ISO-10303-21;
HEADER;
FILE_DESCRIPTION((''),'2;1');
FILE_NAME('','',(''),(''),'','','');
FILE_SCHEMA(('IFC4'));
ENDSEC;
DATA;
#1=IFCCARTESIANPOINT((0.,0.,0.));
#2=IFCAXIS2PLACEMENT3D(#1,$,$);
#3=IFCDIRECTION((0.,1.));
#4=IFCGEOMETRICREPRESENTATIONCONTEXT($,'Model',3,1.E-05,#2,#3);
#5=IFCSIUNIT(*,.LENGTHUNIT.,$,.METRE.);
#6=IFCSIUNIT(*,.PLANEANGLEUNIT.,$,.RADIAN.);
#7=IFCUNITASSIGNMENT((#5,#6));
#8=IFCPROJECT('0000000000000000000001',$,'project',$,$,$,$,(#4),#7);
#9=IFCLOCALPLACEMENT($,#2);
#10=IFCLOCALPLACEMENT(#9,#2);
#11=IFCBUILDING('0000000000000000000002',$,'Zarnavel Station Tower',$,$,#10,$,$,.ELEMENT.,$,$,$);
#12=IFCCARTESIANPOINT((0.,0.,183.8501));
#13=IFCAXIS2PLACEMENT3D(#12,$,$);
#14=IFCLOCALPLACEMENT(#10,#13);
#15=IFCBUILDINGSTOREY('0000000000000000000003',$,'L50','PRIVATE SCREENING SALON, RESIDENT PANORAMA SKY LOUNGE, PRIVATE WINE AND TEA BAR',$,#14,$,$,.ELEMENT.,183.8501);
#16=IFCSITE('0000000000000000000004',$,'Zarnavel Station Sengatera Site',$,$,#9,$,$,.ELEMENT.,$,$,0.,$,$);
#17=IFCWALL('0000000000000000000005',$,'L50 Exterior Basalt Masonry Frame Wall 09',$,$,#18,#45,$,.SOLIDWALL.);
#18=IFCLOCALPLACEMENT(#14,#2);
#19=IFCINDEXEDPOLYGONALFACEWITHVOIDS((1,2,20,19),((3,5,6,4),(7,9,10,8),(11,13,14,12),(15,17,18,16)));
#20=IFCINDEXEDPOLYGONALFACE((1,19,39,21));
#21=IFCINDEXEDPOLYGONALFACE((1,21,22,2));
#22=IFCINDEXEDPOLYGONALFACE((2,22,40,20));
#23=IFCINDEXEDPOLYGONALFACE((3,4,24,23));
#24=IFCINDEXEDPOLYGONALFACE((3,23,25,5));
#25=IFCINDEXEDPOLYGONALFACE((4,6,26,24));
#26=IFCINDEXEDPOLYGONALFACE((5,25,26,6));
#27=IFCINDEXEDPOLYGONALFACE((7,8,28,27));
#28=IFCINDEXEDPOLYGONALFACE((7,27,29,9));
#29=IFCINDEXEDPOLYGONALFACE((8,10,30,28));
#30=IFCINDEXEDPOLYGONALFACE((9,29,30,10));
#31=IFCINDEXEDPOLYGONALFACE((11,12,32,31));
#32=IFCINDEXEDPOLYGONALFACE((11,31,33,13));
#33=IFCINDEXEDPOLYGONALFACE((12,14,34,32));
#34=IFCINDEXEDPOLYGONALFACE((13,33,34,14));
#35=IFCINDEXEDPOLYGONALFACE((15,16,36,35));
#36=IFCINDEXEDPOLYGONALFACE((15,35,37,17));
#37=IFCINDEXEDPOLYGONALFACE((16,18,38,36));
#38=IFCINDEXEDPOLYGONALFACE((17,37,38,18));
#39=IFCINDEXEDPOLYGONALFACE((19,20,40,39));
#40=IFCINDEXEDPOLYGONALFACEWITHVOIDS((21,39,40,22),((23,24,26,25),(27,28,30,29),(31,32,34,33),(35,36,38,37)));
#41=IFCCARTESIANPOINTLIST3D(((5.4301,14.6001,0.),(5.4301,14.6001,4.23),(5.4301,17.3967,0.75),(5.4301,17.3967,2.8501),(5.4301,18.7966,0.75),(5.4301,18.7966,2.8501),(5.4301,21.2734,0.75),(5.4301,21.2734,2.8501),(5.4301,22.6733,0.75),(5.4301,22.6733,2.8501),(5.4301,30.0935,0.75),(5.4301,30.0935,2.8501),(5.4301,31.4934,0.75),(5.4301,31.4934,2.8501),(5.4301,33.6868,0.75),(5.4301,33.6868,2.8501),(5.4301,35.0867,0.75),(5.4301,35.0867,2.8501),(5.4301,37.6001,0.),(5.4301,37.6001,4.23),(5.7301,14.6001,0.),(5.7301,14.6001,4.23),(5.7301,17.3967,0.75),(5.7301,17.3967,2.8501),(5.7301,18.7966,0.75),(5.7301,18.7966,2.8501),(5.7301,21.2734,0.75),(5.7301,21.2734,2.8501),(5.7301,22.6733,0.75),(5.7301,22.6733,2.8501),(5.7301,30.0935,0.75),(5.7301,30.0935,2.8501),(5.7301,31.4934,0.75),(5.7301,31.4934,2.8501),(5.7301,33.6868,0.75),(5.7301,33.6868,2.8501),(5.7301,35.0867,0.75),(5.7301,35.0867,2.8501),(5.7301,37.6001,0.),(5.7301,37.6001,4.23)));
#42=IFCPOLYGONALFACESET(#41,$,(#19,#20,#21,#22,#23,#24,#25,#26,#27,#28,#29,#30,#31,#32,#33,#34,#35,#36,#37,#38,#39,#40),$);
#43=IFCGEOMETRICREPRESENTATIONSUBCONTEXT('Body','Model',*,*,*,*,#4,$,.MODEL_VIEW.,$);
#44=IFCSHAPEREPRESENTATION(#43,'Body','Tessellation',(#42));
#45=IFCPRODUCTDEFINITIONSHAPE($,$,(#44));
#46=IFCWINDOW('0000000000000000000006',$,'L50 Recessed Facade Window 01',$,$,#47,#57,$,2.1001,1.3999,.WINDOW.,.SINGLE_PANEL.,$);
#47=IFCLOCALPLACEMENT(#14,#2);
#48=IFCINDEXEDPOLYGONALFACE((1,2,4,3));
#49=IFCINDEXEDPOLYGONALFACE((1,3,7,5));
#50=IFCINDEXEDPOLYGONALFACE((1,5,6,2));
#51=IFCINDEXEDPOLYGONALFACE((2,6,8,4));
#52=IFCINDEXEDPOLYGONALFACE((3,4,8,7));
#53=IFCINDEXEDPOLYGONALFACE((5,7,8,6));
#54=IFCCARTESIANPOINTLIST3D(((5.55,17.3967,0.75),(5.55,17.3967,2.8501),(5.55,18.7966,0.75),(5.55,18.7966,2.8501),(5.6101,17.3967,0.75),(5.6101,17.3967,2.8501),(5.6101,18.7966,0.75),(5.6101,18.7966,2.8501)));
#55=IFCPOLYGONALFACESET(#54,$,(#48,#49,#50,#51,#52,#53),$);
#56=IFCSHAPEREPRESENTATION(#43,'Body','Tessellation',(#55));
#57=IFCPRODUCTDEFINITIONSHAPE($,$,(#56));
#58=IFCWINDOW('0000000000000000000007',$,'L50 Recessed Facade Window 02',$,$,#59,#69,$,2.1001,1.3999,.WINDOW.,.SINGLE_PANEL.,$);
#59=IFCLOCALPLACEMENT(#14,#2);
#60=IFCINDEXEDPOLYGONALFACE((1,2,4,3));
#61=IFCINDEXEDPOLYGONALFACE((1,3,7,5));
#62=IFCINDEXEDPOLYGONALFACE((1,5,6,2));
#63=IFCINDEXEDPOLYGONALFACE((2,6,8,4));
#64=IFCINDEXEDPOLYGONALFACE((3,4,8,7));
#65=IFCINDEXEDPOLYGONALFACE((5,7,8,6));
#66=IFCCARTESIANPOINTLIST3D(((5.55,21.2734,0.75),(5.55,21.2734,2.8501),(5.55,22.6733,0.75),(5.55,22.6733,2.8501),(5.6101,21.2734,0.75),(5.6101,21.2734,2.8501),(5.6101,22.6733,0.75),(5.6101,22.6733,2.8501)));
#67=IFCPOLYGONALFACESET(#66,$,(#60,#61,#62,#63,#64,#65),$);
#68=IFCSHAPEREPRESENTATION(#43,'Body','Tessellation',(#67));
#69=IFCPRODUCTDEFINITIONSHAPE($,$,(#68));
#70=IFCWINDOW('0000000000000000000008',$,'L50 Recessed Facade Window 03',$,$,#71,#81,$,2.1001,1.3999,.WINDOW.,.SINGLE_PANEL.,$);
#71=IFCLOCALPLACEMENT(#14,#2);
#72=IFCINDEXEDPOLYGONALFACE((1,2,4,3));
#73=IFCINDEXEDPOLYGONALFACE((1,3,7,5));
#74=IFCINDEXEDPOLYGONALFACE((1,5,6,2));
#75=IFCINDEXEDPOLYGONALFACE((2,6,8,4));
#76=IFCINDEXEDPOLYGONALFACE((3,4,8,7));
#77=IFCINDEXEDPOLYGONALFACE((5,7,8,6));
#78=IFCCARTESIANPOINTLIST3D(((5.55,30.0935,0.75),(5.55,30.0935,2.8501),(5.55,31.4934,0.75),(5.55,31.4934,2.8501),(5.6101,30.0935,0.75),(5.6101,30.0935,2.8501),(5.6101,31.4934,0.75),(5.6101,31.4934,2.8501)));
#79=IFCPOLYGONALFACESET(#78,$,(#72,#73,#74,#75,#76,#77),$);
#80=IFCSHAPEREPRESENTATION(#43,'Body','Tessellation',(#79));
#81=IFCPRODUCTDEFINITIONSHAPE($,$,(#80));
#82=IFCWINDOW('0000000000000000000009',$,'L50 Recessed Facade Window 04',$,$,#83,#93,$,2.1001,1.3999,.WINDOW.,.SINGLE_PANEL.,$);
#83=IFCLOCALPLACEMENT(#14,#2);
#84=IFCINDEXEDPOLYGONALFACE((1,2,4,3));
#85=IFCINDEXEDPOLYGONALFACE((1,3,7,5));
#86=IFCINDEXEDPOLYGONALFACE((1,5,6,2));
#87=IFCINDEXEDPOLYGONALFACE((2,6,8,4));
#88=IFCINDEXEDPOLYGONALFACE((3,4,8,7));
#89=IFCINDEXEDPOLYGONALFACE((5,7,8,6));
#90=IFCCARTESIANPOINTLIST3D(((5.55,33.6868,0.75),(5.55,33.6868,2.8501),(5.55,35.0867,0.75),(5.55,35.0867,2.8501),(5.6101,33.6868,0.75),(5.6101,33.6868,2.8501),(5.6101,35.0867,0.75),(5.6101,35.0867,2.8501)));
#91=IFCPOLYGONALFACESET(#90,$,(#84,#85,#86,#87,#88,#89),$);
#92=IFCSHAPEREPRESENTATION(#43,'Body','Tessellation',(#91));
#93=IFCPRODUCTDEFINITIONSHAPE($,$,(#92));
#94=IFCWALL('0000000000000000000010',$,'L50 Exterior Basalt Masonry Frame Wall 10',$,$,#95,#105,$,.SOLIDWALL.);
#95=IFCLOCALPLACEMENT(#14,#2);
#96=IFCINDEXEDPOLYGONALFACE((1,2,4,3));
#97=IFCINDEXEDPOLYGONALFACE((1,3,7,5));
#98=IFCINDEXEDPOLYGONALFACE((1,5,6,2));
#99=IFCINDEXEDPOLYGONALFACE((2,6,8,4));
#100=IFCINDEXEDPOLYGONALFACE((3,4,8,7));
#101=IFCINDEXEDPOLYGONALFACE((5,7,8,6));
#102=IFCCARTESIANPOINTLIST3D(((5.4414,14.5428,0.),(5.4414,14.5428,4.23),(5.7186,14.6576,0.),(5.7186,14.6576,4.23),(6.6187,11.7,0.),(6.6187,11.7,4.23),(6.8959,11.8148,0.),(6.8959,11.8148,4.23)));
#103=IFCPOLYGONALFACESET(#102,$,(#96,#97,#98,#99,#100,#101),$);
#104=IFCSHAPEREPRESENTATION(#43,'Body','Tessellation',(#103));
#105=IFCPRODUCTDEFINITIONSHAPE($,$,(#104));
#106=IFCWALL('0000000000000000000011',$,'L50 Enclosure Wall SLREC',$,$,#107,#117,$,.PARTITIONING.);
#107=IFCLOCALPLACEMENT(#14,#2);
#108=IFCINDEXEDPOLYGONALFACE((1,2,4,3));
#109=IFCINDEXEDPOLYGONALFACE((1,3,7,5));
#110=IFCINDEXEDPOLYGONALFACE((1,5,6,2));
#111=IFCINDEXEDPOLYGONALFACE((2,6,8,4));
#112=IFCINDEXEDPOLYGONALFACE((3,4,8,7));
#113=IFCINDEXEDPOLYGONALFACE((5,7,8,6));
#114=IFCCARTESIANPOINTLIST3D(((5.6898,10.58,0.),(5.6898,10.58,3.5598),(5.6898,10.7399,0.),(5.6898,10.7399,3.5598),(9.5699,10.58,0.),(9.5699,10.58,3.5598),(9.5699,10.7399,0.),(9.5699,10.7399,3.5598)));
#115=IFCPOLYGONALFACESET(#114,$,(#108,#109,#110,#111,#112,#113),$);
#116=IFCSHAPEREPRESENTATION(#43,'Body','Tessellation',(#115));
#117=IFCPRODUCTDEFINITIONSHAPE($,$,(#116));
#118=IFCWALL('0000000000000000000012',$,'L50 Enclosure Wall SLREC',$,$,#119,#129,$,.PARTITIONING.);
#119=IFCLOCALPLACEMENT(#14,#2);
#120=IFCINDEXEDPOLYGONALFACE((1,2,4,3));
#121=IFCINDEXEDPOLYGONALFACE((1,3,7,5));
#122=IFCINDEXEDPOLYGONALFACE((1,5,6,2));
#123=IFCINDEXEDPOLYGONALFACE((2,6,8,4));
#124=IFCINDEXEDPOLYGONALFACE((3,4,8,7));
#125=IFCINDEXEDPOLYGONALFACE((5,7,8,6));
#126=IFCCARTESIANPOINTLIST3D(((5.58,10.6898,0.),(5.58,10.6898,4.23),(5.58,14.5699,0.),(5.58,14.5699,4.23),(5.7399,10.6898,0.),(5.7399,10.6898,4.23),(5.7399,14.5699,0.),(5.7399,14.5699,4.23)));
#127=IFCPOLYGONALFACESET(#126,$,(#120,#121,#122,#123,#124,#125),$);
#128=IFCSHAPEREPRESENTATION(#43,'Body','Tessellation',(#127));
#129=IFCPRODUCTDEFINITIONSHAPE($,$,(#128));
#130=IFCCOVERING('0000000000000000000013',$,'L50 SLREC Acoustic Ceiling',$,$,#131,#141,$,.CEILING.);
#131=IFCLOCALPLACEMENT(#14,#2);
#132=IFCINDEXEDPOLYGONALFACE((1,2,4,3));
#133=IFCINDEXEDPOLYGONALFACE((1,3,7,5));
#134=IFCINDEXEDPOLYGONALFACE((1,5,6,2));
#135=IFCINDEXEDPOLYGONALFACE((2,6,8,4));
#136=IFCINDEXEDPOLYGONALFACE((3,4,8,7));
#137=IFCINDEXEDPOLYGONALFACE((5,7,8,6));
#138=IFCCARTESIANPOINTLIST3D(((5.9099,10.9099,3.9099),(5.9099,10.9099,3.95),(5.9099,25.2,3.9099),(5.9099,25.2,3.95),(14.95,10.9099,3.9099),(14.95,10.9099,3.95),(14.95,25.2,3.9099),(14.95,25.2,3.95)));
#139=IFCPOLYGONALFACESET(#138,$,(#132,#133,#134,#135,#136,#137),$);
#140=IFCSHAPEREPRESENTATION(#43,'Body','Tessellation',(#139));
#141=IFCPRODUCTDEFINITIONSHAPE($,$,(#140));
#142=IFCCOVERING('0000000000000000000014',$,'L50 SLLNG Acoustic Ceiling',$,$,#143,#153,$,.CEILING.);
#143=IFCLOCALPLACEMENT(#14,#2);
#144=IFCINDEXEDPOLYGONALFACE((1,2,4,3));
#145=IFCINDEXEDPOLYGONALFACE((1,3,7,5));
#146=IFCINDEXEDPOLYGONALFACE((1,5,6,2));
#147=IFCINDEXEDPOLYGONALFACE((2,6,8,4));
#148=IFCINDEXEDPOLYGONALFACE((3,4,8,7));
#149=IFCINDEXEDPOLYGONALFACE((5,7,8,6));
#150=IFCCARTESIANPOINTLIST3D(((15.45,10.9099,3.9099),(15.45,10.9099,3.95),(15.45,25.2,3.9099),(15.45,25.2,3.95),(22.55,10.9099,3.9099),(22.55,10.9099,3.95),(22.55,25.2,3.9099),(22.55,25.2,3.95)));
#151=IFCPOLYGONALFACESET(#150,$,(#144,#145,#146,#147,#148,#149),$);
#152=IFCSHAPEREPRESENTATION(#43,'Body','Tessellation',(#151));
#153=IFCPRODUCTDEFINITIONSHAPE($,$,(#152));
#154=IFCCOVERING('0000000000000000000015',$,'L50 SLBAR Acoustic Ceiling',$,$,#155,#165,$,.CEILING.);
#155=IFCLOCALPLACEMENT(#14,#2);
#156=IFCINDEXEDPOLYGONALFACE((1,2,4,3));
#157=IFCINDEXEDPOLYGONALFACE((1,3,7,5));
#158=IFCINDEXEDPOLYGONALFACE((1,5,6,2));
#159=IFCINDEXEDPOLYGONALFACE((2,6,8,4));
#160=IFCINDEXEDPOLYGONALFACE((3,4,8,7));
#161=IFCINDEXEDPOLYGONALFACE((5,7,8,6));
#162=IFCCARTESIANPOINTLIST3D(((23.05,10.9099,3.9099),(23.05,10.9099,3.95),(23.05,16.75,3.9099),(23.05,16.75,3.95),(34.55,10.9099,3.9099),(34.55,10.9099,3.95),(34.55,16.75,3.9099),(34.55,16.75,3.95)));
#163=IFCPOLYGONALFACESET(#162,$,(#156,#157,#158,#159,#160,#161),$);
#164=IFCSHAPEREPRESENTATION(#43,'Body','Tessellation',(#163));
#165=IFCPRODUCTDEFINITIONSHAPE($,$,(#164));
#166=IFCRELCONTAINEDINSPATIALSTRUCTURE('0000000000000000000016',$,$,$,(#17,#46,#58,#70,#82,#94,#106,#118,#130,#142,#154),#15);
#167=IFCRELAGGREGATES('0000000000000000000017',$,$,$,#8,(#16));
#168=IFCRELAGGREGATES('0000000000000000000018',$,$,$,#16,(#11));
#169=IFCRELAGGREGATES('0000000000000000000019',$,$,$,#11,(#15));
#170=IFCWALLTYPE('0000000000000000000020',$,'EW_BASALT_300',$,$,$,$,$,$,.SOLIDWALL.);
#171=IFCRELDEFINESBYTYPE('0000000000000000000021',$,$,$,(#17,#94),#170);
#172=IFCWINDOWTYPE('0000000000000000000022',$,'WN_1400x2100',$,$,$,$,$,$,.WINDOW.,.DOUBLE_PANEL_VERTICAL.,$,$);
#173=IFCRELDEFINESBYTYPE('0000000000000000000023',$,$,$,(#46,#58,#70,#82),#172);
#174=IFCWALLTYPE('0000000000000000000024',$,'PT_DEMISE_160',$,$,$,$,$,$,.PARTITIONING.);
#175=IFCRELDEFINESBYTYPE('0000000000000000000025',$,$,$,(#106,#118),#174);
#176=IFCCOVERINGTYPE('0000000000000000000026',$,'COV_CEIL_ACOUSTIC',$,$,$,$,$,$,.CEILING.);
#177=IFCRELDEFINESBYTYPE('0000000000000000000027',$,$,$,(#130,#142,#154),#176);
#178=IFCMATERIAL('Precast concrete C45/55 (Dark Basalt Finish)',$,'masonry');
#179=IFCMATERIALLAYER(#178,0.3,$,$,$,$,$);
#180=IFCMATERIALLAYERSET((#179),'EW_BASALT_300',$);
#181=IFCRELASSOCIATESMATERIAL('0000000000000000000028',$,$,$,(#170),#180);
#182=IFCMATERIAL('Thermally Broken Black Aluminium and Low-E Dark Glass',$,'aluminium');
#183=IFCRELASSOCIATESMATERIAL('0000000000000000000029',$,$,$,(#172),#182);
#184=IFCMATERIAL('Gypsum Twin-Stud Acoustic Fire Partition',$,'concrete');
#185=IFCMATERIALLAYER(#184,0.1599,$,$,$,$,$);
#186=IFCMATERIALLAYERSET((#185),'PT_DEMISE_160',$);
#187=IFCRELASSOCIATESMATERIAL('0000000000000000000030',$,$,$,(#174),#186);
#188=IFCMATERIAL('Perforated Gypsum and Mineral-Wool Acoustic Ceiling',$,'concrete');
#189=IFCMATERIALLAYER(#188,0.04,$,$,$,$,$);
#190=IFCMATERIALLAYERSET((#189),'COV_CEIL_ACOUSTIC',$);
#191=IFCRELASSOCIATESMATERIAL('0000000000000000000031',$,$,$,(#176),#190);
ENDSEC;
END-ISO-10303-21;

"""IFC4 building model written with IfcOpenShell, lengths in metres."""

from ifc_helpers import new_model, si_unit, direction, frame, frame_2d, origin, place, context, subcontext, project, spatial, polyline, rectangle, outline, extrude, material, layer, layer_set, type_object, element, fill, save


model = new_model("IFC4")

# Units and contexts
model_context = context("Model", 3, precision=1e-05, world=origin(), true_north=direction((0.0, 1.0)))
body_context = subcontext(model_context, "Body", "Model", "MODEL_VIEW")
ifc_project = project(units=[si_unit("LENGTHUNIT", "METRE"), si_unit("PLANEANGLEUNIT", "RADIAN")], contexts=[model_context])

# Site, building, storey
site_placement = place(None, origin())
site = spatial("IfcSite", under=ifc_project, at=site_placement, Name="Zarnavel Station Sengatera Site", CompositionType="ELEMENT", RefElevation=0.0)
building_placement = place(site_placement, origin())
building = spatial("IfcBuilding", under=site, at=building_placement, Name="Zarnavel Station Tower", CompositionType="ELEMENT")
storey_placement = place(building_placement, frame((0.0, 0.0, 183.8501)))
storey = spatial("IfcBuildingStorey", under=building, at=storey_placement, Name="L50", Description="PRIVATE SCREENING SALON, RESIDENT PANORAMA SKY LOUNGE, PRIVATE WINE AND TEA BAR", CompositionType="ELEMENT", Elevation=183.8501)

# Wall, openings, windows
ifc_material_1 = material(Name="Precast concrete C45/55 (Dark Basalt Finish)", Category="masonry")
ifc_layer_1 = layer(ifc_material_1, 0.3)
ifc_layer_set_1 = layer_set([ifc_layer_1], Name="EW_BASALT_300")
wall_type_1 = type_object("IfcWallType", Name="EW_BASALT_300", PredefinedType="SOLIDWALL", material=ifc_layer_set_1)
wall_1_placement = place(storey_placement, frame((5.5801, 14.6001, 0.0), z_axis=(0.0, 0.0, 1.0), x_axis=(0.0, 1.0, 0.0)))
wall_1 = element("IfcWall", 1, at=wall_1_placement, inside=storey, type_object=wall_type_1, Name="L50 Exterior Basalt Masonry Frame Wall 09", PredefinedType="SOLIDWALL", context=body_context, shape_type="SweptSolid", body=[
    extrude(rectangle(XDim=23.0, YDim=0.3, at=frame_2d((11.5, 0.0))), origin(), (0.0, 0.0, 1.0), 4.23),
])
opening_1_placement = place(wall_1_placement, frame((2.7966, 0.0, 0.75)))
opening_1 = element("IfcOpeningElement", 2, at=opening_1_placement, cuts=wall_1, PredefinedType="OPENING", context=body_context, shape_type="SweptSolid", body=[
    extrude(rectangle(XDim=1.3999, YDim=2.1001, at=frame_2d((0.7, 1.05))), frame((0.0, 0.1599, 0.0), z_axis=(0.0, -1.0, 0.0), x_axis=(1.0, 0.0, 0.0)), (0.0, 0.0, 1.0), 0.3201),
])
opening_2_placement = place(wall_1_placement, frame((6.6733, 0.0, 0.75)))
opening_2 = element("IfcOpeningElement", 3, at=opening_2_placement, cuts=wall_1, PredefinedType="OPENING", context=body_context, shape_type="SweptSolid", body=[
    extrude(rectangle(XDim=1.3999, YDim=2.1001, at=frame_2d((0.7, 1.05))), frame((0.0, 0.1599, 0.0), z_axis=(0.0, -1.0, 0.0), x_axis=(1.0, 0.0, 0.0)), (0.0, 0.0, 1.0), 0.3201),
])
opening_3_placement = place(wall_1_placement, frame((15.4934, 0.0, 0.75)))
opening_3 = element("IfcOpeningElement", 4, at=opening_3_placement, cuts=wall_1, PredefinedType="OPENING", context=body_context, shape_type="SweptSolid", body=[
    extrude(rectangle(XDim=1.3999, YDim=2.1001, at=frame_2d((0.7, 1.05))), frame((0.0, 0.1599, 0.0), z_axis=(0.0, -1.0, 0.0), x_axis=(1.0, 0.0, 0.0)), (0.0, 0.0, 1.0), 0.3201),
])
opening_4_placement = place(wall_1_placement, frame((19.0867, 0.0, 0.75)))
opening_4 = element("IfcOpeningElement", 5, at=opening_4_placement, cuts=wall_1, PredefinedType="OPENING", context=body_context, shape_type="SweptSolid", body=[
    extrude(rectangle(XDim=1.3999, YDim=2.1001, at=frame_2d((0.7, 1.05))), frame((0.0, 0.1599, 0.0), z_axis=(0.0, -1.0, 0.0), x_axis=(1.0, 0.0, 0.0)), (0.0, 0.0, 1.0), 0.3201),
])
ifc_material_2 = material(Name="Thermally Broken Black Aluminium and Low-E Dark Glass", Category="aluminium")
window_type = type_object("IfcWindowType", Name="WN_1400x2100", PartitioningType="DOUBLE_PANEL_VERTICAL", PredefinedType="WINDOW", material=ifc_material_2)
window_1_placement = place(opening_1_placement, origin())
window_1 = element("IfcWindow", 6, at=window_1_placement, inside=storey, type_object=window_type, Name="L50 Recessed Facade Window 01", OverallHeight=2.1001, OverallWidth=1.3999, PartitioningType="SINGLE_PANEL", PredefinedType="WINDOW", context=body_context, shape_type="SweptSolid", body=[
    extrude(rectangle(XDim=1.3999, YDim=2.1001, at=frame_2d((0.7, 1.05))), frame((0.0, 0.03, 0.0), z_axis=(0.0, -1.0, 0.0), x_axis=(1.0, 0.0, 0.0)), (0.0, 0.0, 1.0), 0.0601),
])
fill(opening_1, window_1)
window_2_placement = place(opening_2_placement, origin())
window_2 = element("IfcWindow", 7, at=window_2_placement, inside=storey, type_object=window_type, Name="L50 Recessed Facade Window 02", OverallHeight=2.1001, OverallWidth=1.3999, PartitioningType="SINGLE_PANEL", PredefinedType="WINDOW", context=body_context, shape_type="SweptSolid", body=[
    extrude(rectangle(XDim=1.3999, YDim=2.1001, at=frame_2d((0.7, 1.05))), frame((0.0, 0.03, 0.0), z_axis=(0.0, -1.0, 0.0), x_axis=(1.0, 0.0, 0.0)), (0.0, 0.0, 1.0), 0.0601),
])
fill(opening_2, window_2)
window_3_placement = place(opening_3_placement, origin())
window_3 = element("IfcWindow", 8, at=window_3_placement, inside=storey, type_object=window_type, Name="L50 Recessed Facade Window 03", OverallHeight=2.1001, OverallWidth=1.3999, PartitioningType="SINGLE_PANEL", PredefinedType="WINDOW", context=body_context, shape_type="SweptSolid", body=[
    extrude(rectangle(XDim=1.3999, YDim=2.1001, at=frame_2d((0.7, 1.05))), frame((0.0, 0.03, 0.0), z_axis=(0.0, -1.0, 0.0), x_axis=(1.0, 0.0, 0.0)), (0.0, 0.0, 1.0), 0.0601),
])
fill(opening_3, window_3)
window_4_placement = place(opening_4_placement, origin())
window_4 = element("IfcWindow", 9, at=window_4_placement, inside=storey, type_object=window_type, Name="L50 Recessed Facade Window 04", OverallHeight=2.1001, OverallWidth=1.3999, PartitioningType="SINGLE_PANEL", PredefinedType="WINDOW", context=body_context, shape_type="SweptSolid", body=[
    extrude(rectangle(XDim=1.3999, YDim=2.1001, at=frame_2d((0.7, 1.05))), frame((0.0, 0.03, 0.0), z_axis=(0.0, -1.0, 0.0), x_axis=(1.0, 0.0, 0.0)), (0.0, 0.0, 1.0), 0.0601),
])
fill(opening_4, window_4)

# Walls
wall_2_placement = place(storey_placement, frame((6.7573, 11.7573, 0.0), z_axis=(0.0, 0.0, 1.0), x_axis=(-0.382609, 0.92391, 0.0)))
element("IfcWall", 10, at=wall_2_placement, inside=storey, type_object=wall_type_1, Name="L50 Exterior Basalt Masonry Frame Wall 10", PredefinedType="SOLIDWALL", context=body_context, shape_type="SweptSolid", body=[
    extrude(rectangle(XDim=3.0769, YDim=0.3, at=frame_2d((1.5386, 0.0))), origin(), (0.0, 0.0, 1.0), 4.23),
])
ifc_material_3 = material(Name="Gypsum Twin-Stud Acoustic Fire Partition", Category="concrete")
ifc_layer_2 = layer(ifc_material_3, 0.1599)
ifc_layer_set_2 = layer_set([ifc_layer_2], Name="PT_DEMISE_160")
wall_type_2 = type_object("IfcWallType", Name="PT_DEMISE_160", PredefinedType="PARTITIONING", material=ifc_layer_set_2)
wall_3_placement = place(storey_placement, frame((5.6899, 10.6599, 0.0), z_axis=(0.0, 0.0, 1.0), x_axis=(1.0, 0.0, 0.0)))
element("IfcWall", 11, at=wall_3_placement, inside=storey, type_object=wall_type_2, Name="L50 Enclosure Wall SLREC", PredefinedType="PARTITIONING", context=body_context, shape_type="SweptSolid", body=[
    extrude(rectangle(XDim=3.8801, YDim=0.1599, at=frame_2d((1.9399, 0.0))), origin(), (0.0, 0.0, 1.0), 3.5598),
])
wall_4_placement = place(storey_placement, frame((5.6599, 10.6899, 0.0), z_axis=(0.0, 0.0, 1.0), x_axis=(0.0, 1.0, 0.0)))
element("IfcWall", 12, at=wall_4_placement, inside=storey, type_object=wall_type_2, Name="L50 Enclosure Wall SLREC", PredefinedType="PARTITIONING", context=body_context, shape_type="SweptSolid", body=[
    extrude(rectangle(XDim=3.8801, YDim=0.1599, at=frame_2d((1.9399, 0.0))), origin(), (0.0, 0.0, 1.0), 4.23),
])

# Coverings
ifc_material_4 = material(Name="Perforated Gypsum and Mineral-Wool Acoustic Ceiling", Category="concrete")
ifc_layer_3 = layer(ifc_material_4, 0.04)
ifc_layer_set_3 = layer_set([ifc_layer_3], Name="COV_CEIL_ACOUSTIC")
covering_type_1 = type_object("IfcCoveringType", Name="COV_CEIL_ACOUSTIC", PredefinedType="CEILING", material=ifc_layer_set_3)
covering_1_placement = place(storey_placement, frame((0.0, 0.0, 3.9099)))
element("IfcCovering", 13, at=covering_1_placement, inside=storey, type_object=covering_type_1, Name="L50 SLREC Acoustic Ceiling", PredefinedType="CEILING", context=body_context, shape_type="SweptSolid", body=[
    extrude(outline(polyline([(5.9099, 10.9099), (14.95, 10.9099), (14.95, 25.2), (5.9099, 25.2), (5.9099, 10.9099)])), origin(), (0.0, 0.0, 1.0), 0.04),
])
covering_2_placement = place(storey_placement, frame((0.0, 0.0, 3.9099)))
element("IfcCovering", 14, at=covering_2_placement, inside=storey, type_object=covering_type_1, Name="L50 SLLNG Acoustic Ceiling", PredefinedType="CEILING", context=body_context, shape_type="SweptSolid", body=[
    extrude(outline(polyline([(15.45, 10.9099), (22.55, 10.9099), (22.55, 25.2), (15.45, 25.2), (15.45, 10.9099)])), origin(), (0.0, 0.0, 1.0), 0.04),
])
covering_3_placement = place(storey_placement, frame((0.0, 0.0, 3.9099)))
element("IfcCovering", 15, at=covering_3_placement, inside=storey, type_object=covering_type_1, Name="L50 SLBAR Acoustic Ceiling", PredefinedType="CEILING", context=body_context, shape_type="SweptSolid", body=[
    extrude(outline(polyline([(23.05, 10.9099), (34.55, 10.9099), (34.55, 16.75), (23.05, 16.75), (23.05, 10.9099)])), origin(), (0.0, 0.0, 1.0), 0.04),
])

save(model, "model.ifc")
